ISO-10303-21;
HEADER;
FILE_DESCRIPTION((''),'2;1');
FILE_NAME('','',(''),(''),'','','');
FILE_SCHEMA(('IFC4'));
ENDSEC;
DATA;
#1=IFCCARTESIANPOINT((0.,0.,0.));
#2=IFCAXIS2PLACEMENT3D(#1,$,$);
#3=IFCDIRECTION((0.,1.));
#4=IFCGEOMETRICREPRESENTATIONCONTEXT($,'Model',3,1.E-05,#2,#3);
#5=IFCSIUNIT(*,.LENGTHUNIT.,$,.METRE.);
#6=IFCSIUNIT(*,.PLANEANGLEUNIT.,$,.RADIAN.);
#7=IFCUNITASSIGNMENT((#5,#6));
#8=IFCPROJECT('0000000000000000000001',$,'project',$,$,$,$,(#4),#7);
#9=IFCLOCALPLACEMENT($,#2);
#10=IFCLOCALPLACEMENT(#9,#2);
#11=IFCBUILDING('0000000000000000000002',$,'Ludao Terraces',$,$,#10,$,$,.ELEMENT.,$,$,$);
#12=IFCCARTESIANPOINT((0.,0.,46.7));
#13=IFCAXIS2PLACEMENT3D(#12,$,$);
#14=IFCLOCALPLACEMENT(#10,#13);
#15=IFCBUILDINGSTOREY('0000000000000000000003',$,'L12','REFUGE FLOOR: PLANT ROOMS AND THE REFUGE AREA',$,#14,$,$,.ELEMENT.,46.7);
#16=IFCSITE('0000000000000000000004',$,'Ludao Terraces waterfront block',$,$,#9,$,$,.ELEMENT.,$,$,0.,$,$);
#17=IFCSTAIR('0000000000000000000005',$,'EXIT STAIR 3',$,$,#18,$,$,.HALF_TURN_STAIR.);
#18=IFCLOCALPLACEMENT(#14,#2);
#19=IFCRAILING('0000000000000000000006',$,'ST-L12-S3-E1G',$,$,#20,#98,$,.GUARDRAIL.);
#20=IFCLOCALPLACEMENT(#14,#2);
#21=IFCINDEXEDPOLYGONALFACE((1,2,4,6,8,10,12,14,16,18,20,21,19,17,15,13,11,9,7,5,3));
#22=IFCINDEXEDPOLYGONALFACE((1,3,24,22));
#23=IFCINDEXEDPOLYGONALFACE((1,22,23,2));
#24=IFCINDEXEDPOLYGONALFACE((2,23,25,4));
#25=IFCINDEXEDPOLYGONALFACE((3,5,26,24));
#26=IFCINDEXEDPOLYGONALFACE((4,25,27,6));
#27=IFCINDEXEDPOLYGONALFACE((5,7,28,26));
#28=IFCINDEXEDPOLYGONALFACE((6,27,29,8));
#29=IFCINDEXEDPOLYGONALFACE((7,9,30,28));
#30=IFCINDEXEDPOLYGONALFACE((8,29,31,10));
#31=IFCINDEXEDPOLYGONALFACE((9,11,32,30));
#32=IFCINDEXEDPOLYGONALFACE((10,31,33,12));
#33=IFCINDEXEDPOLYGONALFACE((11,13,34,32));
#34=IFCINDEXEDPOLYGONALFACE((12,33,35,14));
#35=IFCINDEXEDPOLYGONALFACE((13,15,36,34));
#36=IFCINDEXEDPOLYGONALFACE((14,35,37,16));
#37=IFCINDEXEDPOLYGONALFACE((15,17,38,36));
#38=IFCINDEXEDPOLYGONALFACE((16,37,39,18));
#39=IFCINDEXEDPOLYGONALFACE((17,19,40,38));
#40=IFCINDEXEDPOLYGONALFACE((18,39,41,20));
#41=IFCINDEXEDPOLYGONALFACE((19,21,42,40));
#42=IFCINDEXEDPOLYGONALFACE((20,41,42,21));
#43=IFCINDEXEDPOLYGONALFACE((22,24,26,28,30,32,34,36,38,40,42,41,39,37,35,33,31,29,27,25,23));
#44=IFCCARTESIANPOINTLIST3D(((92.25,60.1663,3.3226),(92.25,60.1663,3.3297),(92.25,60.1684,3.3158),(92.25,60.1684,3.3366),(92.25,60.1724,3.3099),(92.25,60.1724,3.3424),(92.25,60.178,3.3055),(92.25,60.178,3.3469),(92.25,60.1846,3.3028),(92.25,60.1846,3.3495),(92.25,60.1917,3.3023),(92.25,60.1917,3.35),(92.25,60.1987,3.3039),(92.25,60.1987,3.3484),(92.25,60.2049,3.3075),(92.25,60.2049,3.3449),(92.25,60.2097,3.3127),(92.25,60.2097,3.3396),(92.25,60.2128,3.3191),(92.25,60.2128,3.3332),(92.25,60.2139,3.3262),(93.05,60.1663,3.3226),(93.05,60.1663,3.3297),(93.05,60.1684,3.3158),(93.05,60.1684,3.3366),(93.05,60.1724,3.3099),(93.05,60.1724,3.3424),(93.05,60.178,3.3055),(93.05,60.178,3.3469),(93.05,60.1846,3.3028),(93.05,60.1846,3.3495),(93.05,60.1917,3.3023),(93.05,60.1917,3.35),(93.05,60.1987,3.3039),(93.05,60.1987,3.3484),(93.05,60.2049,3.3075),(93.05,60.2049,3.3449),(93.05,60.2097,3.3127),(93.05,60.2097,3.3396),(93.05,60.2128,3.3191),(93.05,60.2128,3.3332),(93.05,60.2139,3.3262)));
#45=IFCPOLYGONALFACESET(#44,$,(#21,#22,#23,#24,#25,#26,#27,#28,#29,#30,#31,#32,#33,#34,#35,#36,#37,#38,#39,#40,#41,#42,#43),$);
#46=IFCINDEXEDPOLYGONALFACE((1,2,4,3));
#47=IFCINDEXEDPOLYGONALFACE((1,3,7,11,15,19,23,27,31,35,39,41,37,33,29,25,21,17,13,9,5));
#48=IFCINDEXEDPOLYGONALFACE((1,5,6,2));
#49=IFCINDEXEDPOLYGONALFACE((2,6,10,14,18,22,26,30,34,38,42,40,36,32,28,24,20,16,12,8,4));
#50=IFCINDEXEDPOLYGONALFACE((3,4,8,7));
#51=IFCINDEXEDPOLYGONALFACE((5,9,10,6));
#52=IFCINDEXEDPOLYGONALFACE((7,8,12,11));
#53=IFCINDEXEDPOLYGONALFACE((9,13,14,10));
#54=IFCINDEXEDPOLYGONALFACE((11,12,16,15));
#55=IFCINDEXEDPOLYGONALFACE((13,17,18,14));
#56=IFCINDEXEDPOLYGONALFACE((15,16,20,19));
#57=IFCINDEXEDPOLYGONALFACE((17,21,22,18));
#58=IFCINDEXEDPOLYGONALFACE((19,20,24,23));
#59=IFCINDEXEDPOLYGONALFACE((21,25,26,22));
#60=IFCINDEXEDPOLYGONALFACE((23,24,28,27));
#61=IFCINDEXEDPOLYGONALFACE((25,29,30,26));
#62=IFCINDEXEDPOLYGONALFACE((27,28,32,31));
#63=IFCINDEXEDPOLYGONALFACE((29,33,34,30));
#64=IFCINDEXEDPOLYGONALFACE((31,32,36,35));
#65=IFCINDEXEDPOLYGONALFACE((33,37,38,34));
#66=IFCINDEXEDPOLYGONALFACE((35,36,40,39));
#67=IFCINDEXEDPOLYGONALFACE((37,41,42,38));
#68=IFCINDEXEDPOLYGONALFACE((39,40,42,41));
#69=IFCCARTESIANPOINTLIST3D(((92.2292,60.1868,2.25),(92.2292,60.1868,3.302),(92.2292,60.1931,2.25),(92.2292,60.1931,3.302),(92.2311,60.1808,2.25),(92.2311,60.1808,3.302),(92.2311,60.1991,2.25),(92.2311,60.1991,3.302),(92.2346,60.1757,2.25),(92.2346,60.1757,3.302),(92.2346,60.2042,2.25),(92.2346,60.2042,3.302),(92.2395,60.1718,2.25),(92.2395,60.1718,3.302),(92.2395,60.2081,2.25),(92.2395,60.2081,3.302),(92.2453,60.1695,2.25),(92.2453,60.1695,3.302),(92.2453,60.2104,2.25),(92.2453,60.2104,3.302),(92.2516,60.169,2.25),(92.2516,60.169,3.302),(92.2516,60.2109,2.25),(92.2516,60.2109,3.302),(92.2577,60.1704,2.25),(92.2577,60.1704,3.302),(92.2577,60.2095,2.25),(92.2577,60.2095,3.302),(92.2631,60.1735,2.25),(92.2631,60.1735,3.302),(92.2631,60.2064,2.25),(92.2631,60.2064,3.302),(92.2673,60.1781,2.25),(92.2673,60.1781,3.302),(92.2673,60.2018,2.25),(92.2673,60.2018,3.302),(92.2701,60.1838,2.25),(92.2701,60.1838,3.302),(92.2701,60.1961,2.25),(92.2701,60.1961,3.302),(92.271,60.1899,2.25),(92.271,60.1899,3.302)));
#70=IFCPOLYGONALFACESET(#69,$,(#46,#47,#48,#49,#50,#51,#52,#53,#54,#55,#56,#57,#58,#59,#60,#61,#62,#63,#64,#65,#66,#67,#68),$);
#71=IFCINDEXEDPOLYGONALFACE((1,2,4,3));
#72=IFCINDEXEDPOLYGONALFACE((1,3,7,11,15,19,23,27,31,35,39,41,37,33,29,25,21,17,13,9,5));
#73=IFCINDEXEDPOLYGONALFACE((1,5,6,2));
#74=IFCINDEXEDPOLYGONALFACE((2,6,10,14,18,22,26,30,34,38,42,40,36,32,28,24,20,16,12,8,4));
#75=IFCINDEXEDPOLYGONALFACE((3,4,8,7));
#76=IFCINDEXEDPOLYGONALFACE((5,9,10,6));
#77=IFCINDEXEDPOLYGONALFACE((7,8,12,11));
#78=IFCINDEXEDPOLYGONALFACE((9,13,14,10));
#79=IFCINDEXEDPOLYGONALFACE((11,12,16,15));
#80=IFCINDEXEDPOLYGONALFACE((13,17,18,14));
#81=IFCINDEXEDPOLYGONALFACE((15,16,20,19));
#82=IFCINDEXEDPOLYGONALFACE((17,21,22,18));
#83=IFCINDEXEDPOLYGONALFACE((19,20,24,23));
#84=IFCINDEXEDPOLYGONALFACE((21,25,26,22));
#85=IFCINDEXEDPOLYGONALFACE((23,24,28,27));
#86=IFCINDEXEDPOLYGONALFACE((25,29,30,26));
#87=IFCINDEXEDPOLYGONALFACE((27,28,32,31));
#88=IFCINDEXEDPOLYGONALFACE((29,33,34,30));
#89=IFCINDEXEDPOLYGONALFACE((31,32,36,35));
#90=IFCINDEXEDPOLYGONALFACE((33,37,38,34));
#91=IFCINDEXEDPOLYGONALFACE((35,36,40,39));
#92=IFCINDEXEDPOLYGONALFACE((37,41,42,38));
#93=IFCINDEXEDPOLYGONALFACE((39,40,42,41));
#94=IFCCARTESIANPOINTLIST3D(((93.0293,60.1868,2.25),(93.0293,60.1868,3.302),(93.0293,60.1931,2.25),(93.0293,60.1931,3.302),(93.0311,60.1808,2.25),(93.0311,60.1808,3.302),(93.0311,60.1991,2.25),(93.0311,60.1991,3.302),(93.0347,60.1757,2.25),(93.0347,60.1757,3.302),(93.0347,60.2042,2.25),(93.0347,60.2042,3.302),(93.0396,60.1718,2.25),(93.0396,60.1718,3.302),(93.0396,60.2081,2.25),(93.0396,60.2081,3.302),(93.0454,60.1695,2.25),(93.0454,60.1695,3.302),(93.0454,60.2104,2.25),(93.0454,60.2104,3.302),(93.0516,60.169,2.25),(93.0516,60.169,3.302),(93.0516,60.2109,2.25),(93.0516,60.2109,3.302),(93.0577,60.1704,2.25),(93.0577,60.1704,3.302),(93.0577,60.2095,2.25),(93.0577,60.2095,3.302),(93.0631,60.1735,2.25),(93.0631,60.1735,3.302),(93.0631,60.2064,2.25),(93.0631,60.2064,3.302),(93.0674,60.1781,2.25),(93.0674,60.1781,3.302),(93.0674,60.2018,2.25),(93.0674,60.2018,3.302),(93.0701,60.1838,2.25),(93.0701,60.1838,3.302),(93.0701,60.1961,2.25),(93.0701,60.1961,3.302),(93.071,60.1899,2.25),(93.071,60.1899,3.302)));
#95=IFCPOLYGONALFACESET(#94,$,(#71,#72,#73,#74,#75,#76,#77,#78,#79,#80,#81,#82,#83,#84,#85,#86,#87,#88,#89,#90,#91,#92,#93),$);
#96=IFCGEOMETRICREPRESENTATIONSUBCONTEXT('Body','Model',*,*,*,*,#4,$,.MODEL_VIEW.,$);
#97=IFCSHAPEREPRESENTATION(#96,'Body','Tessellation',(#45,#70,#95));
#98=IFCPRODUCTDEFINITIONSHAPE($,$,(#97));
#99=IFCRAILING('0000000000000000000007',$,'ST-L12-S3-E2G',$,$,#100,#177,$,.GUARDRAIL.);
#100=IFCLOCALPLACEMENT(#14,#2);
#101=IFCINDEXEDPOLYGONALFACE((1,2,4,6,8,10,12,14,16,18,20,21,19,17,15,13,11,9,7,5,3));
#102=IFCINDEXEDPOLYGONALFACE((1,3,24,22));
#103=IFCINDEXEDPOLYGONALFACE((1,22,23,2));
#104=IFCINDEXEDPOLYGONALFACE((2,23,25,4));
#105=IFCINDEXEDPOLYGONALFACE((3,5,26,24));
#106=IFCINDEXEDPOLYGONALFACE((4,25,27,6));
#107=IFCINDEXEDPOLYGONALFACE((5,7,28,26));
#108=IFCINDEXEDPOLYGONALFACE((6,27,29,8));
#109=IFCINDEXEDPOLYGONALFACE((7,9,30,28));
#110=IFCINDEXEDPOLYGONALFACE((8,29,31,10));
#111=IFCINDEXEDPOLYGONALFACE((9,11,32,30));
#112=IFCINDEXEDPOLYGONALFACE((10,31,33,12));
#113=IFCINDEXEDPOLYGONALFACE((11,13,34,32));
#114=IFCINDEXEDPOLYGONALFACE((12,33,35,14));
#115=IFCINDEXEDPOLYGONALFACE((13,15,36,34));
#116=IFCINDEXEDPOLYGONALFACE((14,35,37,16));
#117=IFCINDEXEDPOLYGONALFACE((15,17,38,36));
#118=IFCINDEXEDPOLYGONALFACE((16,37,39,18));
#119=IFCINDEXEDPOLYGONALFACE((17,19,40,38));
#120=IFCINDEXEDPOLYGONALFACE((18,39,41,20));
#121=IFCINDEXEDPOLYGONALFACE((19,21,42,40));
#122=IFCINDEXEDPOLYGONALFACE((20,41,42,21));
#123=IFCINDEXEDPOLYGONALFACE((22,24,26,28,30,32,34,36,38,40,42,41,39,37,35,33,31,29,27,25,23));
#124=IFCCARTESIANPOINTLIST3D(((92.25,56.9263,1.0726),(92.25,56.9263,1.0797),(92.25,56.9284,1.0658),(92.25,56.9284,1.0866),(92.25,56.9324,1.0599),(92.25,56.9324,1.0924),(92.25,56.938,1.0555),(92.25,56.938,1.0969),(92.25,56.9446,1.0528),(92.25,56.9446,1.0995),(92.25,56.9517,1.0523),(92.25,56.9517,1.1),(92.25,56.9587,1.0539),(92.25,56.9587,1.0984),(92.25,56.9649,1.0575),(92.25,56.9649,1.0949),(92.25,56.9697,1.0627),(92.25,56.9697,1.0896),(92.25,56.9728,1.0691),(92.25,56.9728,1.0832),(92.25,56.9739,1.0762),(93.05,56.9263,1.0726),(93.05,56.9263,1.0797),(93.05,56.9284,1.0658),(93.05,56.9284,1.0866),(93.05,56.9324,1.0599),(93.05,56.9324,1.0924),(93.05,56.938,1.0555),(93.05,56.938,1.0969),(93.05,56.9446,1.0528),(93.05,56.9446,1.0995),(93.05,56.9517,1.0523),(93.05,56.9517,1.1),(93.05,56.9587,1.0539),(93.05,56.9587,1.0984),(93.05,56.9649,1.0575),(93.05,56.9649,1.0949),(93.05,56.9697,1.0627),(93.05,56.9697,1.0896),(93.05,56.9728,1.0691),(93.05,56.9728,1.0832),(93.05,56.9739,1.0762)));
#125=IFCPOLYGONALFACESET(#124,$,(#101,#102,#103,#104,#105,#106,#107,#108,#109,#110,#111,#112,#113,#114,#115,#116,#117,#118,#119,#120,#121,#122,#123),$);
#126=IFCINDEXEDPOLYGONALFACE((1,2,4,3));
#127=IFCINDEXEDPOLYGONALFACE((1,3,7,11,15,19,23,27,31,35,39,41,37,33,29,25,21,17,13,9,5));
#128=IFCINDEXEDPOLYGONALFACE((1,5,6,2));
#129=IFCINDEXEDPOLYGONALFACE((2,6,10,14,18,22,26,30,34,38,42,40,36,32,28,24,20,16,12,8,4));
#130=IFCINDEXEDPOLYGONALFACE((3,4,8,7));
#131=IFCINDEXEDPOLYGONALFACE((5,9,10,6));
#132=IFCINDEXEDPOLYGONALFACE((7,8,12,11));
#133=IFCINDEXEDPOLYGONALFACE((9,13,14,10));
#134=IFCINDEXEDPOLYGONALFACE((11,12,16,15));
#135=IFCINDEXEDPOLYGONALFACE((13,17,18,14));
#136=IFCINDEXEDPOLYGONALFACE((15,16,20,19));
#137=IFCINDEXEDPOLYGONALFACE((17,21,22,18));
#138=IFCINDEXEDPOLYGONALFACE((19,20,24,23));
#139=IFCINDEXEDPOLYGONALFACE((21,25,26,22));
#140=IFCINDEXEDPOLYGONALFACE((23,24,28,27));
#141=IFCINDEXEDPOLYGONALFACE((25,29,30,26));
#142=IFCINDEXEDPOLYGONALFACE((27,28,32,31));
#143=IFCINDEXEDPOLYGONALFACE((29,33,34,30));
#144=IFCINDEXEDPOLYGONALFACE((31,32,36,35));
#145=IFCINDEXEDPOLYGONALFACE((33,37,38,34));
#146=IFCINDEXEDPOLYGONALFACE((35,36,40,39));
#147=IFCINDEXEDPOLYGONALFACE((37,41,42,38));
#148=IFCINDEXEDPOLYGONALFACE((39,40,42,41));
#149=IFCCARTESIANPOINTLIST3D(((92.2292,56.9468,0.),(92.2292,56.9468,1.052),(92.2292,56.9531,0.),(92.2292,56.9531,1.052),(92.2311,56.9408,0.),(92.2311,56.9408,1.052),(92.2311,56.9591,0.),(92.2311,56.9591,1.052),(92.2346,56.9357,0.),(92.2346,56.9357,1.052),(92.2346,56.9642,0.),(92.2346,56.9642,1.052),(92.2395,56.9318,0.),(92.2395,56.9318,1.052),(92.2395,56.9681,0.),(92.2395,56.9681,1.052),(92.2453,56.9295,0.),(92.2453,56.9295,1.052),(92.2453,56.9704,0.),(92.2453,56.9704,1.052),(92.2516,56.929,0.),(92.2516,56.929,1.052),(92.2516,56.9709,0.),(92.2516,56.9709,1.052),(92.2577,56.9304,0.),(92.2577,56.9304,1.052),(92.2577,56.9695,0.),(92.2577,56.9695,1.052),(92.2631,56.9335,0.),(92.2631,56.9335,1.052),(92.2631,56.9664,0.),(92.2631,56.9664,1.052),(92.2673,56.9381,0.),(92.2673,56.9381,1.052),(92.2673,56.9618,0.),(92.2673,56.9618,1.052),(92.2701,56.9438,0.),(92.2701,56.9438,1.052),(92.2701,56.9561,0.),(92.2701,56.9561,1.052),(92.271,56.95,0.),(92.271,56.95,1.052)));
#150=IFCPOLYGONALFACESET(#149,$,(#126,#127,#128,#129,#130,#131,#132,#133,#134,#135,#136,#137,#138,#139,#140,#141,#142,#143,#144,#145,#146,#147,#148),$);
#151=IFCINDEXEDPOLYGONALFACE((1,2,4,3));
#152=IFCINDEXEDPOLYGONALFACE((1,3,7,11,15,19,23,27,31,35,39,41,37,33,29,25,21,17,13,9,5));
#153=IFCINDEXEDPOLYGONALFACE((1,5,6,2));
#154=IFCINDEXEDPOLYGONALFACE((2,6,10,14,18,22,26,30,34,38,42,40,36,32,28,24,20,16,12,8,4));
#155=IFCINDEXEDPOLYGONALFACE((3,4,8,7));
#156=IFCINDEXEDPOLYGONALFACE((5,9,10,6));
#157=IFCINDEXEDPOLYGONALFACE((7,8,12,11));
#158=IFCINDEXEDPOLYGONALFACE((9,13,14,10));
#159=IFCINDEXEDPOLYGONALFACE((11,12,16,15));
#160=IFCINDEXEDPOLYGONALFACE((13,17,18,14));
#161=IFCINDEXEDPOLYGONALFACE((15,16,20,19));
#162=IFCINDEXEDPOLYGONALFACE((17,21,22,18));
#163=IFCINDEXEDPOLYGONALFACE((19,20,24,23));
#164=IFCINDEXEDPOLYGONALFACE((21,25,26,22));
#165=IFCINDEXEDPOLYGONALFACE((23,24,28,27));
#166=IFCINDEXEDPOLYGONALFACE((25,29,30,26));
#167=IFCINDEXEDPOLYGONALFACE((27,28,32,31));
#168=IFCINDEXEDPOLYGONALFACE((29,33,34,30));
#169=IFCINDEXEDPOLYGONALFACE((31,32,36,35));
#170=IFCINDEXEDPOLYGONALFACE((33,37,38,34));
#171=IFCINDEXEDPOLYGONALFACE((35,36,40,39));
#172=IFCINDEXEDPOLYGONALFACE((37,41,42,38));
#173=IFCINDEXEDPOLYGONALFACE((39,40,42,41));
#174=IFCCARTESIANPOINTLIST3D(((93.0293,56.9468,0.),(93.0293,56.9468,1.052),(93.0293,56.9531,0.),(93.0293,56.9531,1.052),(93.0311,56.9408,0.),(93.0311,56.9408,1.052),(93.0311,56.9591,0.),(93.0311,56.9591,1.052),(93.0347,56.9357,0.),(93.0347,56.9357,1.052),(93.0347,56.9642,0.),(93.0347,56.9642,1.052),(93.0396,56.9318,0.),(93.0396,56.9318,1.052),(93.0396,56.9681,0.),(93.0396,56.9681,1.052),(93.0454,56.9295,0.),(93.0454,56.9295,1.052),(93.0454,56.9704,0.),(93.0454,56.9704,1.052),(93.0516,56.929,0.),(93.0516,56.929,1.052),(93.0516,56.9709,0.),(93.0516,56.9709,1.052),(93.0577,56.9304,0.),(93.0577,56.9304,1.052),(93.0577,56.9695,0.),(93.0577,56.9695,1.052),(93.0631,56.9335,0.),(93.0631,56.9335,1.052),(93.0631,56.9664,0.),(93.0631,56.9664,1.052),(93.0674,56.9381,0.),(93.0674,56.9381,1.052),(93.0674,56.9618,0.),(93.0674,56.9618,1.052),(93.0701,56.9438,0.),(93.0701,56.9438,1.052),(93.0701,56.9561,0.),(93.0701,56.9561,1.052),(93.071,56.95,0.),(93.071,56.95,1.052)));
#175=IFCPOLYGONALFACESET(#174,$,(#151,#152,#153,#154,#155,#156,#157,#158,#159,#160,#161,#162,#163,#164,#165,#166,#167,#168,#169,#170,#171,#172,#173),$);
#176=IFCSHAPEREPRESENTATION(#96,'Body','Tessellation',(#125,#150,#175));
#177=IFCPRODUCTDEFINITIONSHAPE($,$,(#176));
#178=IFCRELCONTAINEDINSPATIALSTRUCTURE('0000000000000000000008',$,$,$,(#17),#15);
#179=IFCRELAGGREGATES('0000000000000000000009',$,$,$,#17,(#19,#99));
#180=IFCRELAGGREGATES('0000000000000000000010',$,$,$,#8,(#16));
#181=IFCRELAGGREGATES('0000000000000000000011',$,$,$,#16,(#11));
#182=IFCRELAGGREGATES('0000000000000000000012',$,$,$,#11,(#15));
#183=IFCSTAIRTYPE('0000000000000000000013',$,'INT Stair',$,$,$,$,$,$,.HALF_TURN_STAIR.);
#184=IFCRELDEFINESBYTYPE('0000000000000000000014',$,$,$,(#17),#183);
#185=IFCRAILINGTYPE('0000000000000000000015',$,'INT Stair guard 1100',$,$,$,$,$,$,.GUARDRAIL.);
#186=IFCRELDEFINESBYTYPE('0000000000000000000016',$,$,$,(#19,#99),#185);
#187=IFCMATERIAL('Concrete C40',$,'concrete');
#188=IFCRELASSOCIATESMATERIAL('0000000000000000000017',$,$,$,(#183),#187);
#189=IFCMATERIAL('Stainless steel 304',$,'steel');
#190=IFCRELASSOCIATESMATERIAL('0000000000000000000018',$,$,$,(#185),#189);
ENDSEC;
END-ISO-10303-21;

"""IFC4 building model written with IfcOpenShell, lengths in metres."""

from ifc_helpers import new_model, si_unit, direction, frame, origin, origin_2d, place, context, subcontext, project, spatial, circle, extrude, material, type_object, element, aggregate, save


model = new_model("IFC4")

# Units and contexts
model_context = context("Model", 3, precision=1e-05, world=origin(), true_north=direction((0.0, 1.0)))
body_context = subcontext(model_context, "Body", "Model", "MODEL_VIEW")
ifc_project = project(units=[si_unit("LENGTHUNIT", "METRE"), si_unit("PLANEANGLEUNIT", "RADIAN")], contexts=[model_context])

# Site, building, storey
site_placement = place(None, origin())
site = spatial("IfcSite", under=ifc_project, at=site_placement, Name="Ludao Terraces waterfront block", CompositionType="ELEMENT", RefElevation=0.0)
building_placement = place(site_placement, origin())
building = spatial("IfcBuilding", under=site, at=building_placement, Name="Ludao Terraces", CompositionType="ELEMENT")
storey_placement = place(building_placement, frame((0.0, 0.0, 46.7)))
storey = spatial("IfcBuildingStorey", under=building, at=storey_placement, Name="L12", Description="REFUGE FLOOR: PLANT ROOMS AND THE REFUGE AREA", CompositionType="ELEMENT", Elevation=46.7)

# Stair, railings
ifc_material_1 = material(Name="Concrete C40", Category="concrete")
stair_type = type_object("IfcStairType", Name="INT Stair", PredefinedType="HALF_TURN_STAIR", material=ifc_material_1)
stair_placement = place(storey_placement, origin())
stair = element("IfcStair", 1, at=stair_placement, inside=storey, type_object=stair_type, Name="EXIT STAIR 3", PredefinedType="HALF_TURN_STAIR")
ifc_material_2 = material(Name="Stainless steel 304", Category="steel")
railing_type_1 = type_object("IfcRailingType", Name="INT Stair guard 1100", PredefinedType="GUARDRAIL", material=ifc_material_2)
railing_1_placement = place(storey_placement, frame((92.25, 60.1899, 2.25)))
railing_1 = element("IfcRailing", 2, at=railing_1_placement, type_object=railing_type_1, Name="ST-L12-S3-E1G", PredefinedType="GUARDRAIL", context=body_context, shape_type="SweptSolid", body=[
    extrude(circle(Radius=0.0239, at=origin_2d()), frame((0.0, 0.0, 1.0762), z_axis=(1.0, 0.0, 0.0), x_axis=(0.0, 1.0, 0.0)), (0.0, 0.0, 1.0), 0.8),
    extrude(circle(Radius=0.021, at=origin_2d()), origin(), (0.0, 0.0, 1.0), 1.052),
    extrude(circle(Radius=0.021, at=origin_2d()), frame((0.8, 0.0, 0.0)), (0.0, 0.0, 1.0), 1.052),
])
railing_2_placement = place(storey_placement, frame((92.25, 56.95, 0.0)))
railing_2 = element("IfcRailing", 3, at=railing_2_placement, type_object=railing_type_1, Name="ST-L12-S3-E2G", PredefinedType="GUARDRAIL", context=body_context, shape_type="SweptSolid", body=[
    extrude(circle(Radius=0.0239, at=origin_2d()), frame((0.0, 0.0, 1.0762), z_axis=(1.0, 0.0, 0.0), x_axis=(0.0, 1.0, 0.0)), (0.0, 0.0, 1.0), 0.8),
    extrude(circle(Radius=0.021, at=origin_2d()), origin(), (0.0, 0.0, 1.0), 1.052),
    extrude(circle(Radius=0.021, at=origin_2d()), frame((0.8, 0.0, 0.0)), (0.0, 0.0, 1.0), 1.052),
])
aggregate(stair, [railing_1, railing_2])

save(model, "model.ifc")
